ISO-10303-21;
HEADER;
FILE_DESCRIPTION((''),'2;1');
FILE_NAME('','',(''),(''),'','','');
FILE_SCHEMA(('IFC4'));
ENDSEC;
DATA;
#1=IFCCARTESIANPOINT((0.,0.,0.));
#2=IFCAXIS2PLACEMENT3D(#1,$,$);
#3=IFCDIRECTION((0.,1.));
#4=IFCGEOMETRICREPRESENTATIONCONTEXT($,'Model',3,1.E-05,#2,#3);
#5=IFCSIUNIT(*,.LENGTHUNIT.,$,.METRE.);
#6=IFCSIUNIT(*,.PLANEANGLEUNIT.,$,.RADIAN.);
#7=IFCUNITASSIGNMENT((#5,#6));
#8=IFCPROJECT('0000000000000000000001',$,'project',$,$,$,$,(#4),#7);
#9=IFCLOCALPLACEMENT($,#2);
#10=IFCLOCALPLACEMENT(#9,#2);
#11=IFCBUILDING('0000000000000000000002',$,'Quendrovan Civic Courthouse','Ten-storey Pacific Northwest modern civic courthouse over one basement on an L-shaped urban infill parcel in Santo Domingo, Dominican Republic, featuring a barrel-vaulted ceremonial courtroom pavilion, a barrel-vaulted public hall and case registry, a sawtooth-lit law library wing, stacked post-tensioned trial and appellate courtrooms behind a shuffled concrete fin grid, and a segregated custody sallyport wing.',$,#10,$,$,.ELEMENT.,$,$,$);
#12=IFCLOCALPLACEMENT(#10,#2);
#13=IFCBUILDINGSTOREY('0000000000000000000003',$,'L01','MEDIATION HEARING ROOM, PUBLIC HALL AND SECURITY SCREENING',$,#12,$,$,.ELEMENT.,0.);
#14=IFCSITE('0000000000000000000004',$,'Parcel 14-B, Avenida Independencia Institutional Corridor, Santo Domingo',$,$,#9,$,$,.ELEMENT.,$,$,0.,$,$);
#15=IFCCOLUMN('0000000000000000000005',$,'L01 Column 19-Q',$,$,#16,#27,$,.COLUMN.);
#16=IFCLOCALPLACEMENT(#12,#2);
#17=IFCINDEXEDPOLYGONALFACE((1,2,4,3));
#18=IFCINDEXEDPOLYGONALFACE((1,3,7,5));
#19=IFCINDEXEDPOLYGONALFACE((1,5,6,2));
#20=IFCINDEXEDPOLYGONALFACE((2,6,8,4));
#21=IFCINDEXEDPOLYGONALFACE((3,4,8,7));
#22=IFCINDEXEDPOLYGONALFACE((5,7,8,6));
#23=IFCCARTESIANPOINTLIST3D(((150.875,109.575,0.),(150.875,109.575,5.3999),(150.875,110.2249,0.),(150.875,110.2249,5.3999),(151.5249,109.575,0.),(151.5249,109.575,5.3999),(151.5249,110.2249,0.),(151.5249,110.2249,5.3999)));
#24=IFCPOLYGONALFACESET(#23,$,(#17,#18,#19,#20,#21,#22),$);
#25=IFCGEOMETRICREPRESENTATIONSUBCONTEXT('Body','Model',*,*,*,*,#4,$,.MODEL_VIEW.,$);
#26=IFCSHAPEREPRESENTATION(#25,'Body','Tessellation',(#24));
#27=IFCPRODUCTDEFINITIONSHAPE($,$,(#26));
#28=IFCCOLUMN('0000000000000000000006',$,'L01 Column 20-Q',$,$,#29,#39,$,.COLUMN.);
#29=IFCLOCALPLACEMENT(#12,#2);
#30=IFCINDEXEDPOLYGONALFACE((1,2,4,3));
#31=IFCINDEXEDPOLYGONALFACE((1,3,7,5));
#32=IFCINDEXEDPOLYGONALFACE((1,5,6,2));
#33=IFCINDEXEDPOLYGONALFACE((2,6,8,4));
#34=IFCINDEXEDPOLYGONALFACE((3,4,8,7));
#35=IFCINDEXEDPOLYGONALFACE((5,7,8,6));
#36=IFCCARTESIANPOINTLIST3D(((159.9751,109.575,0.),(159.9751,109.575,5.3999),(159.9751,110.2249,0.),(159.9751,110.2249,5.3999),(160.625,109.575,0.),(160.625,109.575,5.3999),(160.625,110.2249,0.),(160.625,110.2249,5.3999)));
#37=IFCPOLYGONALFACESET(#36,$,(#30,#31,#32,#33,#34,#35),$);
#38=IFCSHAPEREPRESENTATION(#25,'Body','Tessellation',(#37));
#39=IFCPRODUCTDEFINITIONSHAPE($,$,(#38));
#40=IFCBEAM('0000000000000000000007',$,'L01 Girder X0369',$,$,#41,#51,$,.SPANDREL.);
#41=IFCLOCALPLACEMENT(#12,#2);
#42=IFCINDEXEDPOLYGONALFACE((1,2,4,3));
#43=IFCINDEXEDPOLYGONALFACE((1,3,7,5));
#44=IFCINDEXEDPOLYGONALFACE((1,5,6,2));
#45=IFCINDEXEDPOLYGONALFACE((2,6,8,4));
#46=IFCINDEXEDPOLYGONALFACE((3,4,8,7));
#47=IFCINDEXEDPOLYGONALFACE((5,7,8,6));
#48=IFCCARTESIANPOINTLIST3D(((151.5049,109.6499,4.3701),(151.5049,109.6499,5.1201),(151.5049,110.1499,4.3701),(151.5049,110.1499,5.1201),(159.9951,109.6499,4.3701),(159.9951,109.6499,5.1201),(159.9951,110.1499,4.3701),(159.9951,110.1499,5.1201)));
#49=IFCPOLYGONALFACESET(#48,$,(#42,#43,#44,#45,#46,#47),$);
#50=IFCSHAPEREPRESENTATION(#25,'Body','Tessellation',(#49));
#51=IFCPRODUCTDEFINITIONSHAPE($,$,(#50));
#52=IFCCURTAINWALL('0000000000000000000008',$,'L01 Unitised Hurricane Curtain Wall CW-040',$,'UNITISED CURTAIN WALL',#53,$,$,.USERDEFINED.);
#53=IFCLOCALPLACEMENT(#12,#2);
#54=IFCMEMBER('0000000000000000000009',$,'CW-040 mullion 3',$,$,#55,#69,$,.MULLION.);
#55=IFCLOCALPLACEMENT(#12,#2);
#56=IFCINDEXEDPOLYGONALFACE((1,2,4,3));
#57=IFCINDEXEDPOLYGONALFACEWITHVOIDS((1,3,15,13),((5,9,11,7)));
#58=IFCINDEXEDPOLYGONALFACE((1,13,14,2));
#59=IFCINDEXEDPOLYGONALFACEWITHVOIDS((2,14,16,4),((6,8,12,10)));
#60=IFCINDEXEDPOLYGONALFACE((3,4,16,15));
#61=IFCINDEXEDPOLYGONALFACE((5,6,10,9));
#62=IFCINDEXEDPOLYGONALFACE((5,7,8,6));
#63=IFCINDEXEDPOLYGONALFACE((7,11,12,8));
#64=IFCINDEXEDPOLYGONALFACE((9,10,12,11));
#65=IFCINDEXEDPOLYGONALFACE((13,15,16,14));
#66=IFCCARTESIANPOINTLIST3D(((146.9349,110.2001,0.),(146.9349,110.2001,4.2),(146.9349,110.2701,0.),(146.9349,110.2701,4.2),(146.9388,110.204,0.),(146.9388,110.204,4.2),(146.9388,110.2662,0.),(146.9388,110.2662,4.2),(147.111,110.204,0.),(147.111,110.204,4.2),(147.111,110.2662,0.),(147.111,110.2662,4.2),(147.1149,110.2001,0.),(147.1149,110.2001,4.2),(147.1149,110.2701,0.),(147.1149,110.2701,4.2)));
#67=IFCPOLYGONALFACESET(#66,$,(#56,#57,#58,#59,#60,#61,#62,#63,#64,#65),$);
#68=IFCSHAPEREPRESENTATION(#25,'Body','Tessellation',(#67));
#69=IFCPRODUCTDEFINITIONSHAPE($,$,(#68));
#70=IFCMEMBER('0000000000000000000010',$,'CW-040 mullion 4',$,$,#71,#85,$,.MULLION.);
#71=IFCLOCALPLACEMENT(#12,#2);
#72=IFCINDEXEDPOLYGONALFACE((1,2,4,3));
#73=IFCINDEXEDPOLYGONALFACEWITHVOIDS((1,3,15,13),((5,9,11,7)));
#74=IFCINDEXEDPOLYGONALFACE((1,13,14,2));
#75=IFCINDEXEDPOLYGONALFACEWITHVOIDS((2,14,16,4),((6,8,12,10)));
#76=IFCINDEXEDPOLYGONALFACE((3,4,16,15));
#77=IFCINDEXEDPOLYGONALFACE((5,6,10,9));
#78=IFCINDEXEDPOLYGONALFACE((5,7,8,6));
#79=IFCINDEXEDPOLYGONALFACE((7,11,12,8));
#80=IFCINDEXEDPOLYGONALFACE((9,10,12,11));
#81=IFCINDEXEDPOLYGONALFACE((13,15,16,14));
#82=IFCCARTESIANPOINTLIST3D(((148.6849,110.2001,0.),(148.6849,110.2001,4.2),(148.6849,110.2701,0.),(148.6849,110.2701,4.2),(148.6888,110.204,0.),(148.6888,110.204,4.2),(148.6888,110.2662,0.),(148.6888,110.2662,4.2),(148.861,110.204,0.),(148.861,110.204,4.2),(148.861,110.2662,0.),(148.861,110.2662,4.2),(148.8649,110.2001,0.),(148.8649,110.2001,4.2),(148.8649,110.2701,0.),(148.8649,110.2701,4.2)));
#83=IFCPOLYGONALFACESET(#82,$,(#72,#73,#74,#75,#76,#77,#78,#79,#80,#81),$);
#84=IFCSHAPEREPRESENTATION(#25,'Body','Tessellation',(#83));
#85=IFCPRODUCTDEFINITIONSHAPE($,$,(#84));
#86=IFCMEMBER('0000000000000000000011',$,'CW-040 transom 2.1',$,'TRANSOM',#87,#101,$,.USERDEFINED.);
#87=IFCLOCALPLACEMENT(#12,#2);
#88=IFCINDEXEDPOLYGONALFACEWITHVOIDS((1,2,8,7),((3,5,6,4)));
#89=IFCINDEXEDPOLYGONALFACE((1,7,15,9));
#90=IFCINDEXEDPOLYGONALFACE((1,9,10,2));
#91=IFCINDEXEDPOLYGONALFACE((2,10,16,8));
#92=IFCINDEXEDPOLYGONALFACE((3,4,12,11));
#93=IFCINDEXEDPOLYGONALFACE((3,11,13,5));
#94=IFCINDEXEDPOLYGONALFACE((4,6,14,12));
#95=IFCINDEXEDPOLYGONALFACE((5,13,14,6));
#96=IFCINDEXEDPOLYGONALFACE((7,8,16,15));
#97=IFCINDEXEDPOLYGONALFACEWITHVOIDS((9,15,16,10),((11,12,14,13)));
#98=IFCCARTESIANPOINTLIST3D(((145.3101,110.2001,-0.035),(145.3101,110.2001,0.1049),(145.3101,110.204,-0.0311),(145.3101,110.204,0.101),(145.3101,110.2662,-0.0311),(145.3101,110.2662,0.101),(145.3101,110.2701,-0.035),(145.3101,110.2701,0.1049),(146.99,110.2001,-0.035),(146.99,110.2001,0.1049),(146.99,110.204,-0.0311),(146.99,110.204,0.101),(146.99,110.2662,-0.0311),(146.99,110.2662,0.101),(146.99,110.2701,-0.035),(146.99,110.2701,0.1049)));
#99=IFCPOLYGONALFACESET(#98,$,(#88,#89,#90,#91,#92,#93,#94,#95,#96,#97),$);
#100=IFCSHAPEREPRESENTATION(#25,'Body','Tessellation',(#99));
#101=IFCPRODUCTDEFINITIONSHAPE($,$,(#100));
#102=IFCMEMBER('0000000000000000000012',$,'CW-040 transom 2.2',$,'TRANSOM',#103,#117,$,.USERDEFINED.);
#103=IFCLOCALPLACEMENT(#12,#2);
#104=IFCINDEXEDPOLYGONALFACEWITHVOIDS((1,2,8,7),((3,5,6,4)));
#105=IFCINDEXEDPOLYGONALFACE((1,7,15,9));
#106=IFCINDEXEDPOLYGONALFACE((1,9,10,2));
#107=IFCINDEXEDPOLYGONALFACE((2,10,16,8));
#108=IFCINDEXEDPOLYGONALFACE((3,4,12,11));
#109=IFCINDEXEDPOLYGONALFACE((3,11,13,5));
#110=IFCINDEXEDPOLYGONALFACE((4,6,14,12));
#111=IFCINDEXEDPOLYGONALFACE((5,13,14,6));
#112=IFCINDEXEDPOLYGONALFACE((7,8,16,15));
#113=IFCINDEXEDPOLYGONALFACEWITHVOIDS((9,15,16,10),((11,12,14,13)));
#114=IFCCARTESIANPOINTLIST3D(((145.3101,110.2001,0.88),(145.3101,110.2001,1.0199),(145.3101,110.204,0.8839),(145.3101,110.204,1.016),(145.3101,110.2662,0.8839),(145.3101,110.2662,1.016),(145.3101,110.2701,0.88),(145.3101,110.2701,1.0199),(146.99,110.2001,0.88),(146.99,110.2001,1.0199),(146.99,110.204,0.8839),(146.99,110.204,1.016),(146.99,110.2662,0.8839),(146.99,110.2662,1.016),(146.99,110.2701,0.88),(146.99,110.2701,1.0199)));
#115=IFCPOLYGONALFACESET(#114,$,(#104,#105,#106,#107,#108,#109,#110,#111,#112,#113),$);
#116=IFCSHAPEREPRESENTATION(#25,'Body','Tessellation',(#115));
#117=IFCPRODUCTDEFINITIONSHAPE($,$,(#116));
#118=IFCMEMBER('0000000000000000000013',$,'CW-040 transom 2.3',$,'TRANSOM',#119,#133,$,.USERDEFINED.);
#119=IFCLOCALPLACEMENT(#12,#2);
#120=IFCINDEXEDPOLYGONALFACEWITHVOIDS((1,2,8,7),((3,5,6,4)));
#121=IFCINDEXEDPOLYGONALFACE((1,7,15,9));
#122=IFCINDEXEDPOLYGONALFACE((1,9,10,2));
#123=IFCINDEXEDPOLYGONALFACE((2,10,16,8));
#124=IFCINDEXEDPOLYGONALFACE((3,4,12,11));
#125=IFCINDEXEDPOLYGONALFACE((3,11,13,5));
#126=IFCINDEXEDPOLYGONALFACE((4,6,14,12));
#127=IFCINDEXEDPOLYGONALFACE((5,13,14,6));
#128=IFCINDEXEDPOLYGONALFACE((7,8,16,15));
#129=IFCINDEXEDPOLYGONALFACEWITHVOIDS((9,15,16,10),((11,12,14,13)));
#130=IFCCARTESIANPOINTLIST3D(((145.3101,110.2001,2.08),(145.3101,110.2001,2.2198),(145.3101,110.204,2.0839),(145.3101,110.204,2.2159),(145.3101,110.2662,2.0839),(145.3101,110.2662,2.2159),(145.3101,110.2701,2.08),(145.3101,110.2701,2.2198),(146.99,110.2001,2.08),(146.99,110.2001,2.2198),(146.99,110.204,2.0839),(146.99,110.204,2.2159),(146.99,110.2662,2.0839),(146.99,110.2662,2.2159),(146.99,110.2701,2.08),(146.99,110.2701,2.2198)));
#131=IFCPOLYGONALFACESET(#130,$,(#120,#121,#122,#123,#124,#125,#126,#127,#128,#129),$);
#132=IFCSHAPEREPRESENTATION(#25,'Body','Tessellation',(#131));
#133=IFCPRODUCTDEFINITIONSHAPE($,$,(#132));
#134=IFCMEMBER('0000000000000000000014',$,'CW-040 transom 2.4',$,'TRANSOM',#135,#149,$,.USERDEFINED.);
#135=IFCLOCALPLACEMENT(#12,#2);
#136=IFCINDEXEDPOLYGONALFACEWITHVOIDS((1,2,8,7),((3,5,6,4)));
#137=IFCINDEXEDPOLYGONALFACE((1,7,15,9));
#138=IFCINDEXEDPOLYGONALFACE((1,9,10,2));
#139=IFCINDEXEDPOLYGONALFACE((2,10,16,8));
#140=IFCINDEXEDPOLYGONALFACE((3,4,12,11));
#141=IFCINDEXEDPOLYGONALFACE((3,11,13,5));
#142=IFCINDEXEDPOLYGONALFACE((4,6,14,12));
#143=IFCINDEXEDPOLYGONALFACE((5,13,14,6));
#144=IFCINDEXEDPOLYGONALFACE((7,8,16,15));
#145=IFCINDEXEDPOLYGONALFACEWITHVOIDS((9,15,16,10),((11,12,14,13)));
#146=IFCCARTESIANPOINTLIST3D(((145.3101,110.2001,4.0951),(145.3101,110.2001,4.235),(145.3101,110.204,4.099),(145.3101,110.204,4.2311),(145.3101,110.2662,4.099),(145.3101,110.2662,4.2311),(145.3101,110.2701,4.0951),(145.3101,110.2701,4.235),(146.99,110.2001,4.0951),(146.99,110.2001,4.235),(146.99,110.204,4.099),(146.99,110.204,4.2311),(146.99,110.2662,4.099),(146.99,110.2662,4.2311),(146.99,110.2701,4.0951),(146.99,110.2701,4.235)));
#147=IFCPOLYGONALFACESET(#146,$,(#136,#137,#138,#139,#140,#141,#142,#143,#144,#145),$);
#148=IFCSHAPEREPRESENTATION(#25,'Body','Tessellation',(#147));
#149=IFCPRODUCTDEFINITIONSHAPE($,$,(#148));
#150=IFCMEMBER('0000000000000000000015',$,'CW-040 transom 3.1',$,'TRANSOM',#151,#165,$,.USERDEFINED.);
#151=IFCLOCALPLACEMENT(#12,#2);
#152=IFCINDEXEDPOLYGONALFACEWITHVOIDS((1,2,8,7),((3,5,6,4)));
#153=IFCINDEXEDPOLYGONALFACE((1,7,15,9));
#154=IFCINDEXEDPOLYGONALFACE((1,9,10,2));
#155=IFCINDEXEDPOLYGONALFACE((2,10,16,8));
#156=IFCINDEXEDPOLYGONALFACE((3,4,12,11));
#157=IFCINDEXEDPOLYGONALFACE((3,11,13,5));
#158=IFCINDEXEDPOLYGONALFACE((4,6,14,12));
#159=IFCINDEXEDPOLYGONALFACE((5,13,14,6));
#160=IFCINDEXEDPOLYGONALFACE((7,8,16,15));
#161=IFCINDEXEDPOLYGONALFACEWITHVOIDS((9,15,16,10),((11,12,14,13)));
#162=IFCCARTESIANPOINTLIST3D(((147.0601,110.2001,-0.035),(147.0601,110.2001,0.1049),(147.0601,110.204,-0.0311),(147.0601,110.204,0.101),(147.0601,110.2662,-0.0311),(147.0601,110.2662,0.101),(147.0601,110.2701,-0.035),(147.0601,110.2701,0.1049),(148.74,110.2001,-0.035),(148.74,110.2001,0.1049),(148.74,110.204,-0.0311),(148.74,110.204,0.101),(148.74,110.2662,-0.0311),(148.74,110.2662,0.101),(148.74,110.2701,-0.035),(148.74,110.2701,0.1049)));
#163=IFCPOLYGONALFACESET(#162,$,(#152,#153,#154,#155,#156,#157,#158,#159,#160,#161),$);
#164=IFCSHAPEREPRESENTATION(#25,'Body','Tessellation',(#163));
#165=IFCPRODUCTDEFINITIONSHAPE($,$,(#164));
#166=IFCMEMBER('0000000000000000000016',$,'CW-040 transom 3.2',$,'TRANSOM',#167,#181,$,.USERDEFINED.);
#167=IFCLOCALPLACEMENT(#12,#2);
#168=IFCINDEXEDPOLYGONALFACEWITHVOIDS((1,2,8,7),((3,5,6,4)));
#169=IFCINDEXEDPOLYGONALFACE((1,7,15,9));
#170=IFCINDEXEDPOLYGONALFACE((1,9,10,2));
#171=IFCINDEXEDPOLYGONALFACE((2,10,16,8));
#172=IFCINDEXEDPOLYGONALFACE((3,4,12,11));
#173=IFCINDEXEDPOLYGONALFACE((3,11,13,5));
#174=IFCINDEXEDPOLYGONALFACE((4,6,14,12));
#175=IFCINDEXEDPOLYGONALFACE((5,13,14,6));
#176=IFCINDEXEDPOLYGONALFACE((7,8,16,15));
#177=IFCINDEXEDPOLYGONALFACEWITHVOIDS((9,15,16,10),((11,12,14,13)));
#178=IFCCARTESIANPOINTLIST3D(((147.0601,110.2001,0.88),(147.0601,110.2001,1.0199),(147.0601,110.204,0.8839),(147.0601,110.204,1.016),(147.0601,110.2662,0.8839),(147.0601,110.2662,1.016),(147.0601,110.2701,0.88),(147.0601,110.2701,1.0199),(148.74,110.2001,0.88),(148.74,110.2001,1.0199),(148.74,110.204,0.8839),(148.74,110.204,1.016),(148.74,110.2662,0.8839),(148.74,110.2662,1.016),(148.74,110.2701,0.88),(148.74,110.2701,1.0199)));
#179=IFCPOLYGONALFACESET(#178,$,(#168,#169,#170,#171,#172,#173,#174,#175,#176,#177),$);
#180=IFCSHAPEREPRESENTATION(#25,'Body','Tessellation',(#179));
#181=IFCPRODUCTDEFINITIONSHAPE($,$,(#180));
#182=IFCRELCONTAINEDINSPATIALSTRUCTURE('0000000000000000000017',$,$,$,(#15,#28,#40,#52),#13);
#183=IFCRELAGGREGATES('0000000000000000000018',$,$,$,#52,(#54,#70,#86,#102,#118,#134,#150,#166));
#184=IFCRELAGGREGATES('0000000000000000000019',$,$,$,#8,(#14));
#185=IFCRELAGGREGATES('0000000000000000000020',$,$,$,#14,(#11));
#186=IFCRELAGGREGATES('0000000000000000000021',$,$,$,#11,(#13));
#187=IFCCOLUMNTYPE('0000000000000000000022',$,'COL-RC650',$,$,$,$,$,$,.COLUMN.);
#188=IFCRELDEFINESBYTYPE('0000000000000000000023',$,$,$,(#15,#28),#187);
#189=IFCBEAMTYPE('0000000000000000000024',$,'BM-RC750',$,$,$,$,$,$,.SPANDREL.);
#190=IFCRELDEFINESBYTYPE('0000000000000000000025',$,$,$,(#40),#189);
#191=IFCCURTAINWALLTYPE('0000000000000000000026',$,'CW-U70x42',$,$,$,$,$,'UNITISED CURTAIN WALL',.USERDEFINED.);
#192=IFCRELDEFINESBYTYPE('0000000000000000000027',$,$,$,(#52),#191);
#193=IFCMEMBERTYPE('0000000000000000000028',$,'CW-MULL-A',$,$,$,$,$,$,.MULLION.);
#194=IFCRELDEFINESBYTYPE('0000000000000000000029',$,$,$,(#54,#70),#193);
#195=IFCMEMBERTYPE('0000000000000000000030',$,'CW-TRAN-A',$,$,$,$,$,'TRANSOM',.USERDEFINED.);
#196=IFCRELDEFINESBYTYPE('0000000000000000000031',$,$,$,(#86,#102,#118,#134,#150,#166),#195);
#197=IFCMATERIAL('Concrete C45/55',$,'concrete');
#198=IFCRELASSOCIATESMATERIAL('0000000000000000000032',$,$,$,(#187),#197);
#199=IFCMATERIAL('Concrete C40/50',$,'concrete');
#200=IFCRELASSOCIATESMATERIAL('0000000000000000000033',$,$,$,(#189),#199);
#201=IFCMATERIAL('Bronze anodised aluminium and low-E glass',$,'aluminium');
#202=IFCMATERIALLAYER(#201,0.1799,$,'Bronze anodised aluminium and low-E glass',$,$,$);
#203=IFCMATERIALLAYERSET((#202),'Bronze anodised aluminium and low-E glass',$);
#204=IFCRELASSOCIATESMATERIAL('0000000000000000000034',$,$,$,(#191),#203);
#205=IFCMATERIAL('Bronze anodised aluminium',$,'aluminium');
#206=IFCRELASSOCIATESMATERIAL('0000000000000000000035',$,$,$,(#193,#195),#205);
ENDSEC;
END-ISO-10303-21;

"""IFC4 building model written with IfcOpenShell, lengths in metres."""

from ifc_helpers import new_model, si_unit, direction, frame, origin, origin_2d, place, context, subcontext, project, spatial, rectangle, hollow_rectangle, extrude, material, layer, layer_set, material_profile, profile_set, type_object, element, aggregate, save


model = new_model("IFC4")

# Units and contexts
model_context = context("Model", 3, precision=1e-05, world=origin(), true_north=direction((0.0, 1.0)))
body_context = subcontext(model_context, "Body", "Model", "MODEL_VIEW")
ifc_project = project(units=[si_unit("LENGTHUNIT", "METRE"), si_unit("PLANEANGLEUNIT", "RADIAN")], contexts=[model_context])

# Site, building, storey
site_placement = place(None, origin())
site = spatial("IfcSite", under=ifc_project, at=site_placement, Name="Parcel 14-B, Avenida Independencia Institutional Corridor, Santo Domingo", CompositionType="ELEMENT", RefElevation=0.0)
building_placement = place(site_placement, origin())
building = spatial("IfcBuilding", under=site, at=building_placement, Name="Quendrovan Civic Courthouse", Description="Ten-storey Pacific Northwest modern civic courthouse over one basement on an L-shaped urban infill parcel in Santo Domingo, Dominican Republic, featuring a barrel-vaulted ceremonial courtroom pavilion, a barrel-vaulted public hall and case registry, a sawtooth-lit law library wing, stacked post-tensioned trial and appellate courtrooms behind a shuffled concrete fin grid, and a segregated custody sallyport wing.", CompositionType="ELEMENT")
storey_placement = place(building_placement, origin())
storey = spatial("IfcBuildingStorey", under=building, at=storey_placement, Name="L01", Description="MEDIATION HEARING ROOM, PUBLIC HALL AND SECURITY SCREENING", CompositionType="ELEMENT", Elevation=0.0)

# Columns
ifc_material_1 = material(Name="Concrete C45/55", Category="concrete")
ifc_material_profile_1 = material_profile(ifc_material_1, rectangle(XDim=0.6499, YDim=0.6499, at=origin_2d()), Name="RC-COL-650x650")
ifc_profile_set_1 = profile_set([ifc_material_profile_1], Name="Concrete C45/55")
column_type = type_object("IfcColumnType", Name="COL-RC650", PredefinedType="COLUMN", material=ifc_profile_set_1)
for number, where, z_axis, x_axis, name in (
    (1, (151.2, 109.8999, 0.0), (0.0, 0.0, 1.0), (1.0, 0.0, 0.0), "L01 Column 19-Q"),
    (2, (160.3, 109.8999, 0.0), (0.0, 0.0, 1.0), (1.0, 0.0, 0.0), "L01 Column 20-Q"),
):
    element("IfcColumn", number, at=place(storey_placement, frame(where, z_axis=z_axis, x_axis=x_axis)), inside=storey, type_object=column_type, Name=name, PredefinedType="COLUMN", context=body_context, shape_type="SweptSolid", body=[
        extrude(rectangle(XDim=0.6499, YDim=0.6499, at=origin_2d()), origin(), (0.0, 0.0, 1.0), 5.3999),
    ])

# Beam
ifc_material_2 = material(Name="Concrete C40/50", Category="concrete")
ifc_material_profile_2 = material_profile(ifc_material_2, rectangle(XDim=0.5, YDim=0.75, at=origin_2d()), Name="RC-BM-500x750")
ifc_profile_set_2 = profile_set([ifc_material_profile_2], Name="Concrete C40/50")
beam_type = type_object("IfcBeamType", Name="BM-RC750", PredefinedType="SPANDREL", material=ifc_profile_set_2)
beam_placement = place(storey_placement, frame((151.5049, 109.8999, 4.7451), z_axis=(1.0, 0.0, 0.0), x_axis=(0.0, 1.0, 0.0)))
element("IfcBeam", 3, at=beam_placement, inside=storey, type_object=beam_type, Name="L01 Girder X0369", PredefinedType="SPANDREL", context=body_context, shape_type="SweptSolid", body=[
    extrude(rectangle(XDim=0.5, YDim=0.75, at=origin_2d()), origin(), (0.0, 0.0, 1.0), 8.4902),
])

# Curtain wall, members
ifc_material_3 = material(Name="Bronze anodised aluminium and low-E glass", Category="aluminium")
ifc_layer_1 = layer(ifc_material_3, 0.1799, Name="Bronze anodised aluminium and low-E glass")
ifc_layer_set_1 = layer_set([ifc_layer_1], Name="Bronze anodised aluminium and low-E glass")
curtain_wall_type = type_object("IfcCurtainWallType", Name="CW-U70x42", ElementType="UNITISED CURTAIN WALL", PredefinedType="USERDEFINED", material=ifc_layer_set_1)
curtain_wall_placement = place(storey_placement, origin())
curtain_wall = element("IfcCurtainWall", 4, at=curtain_wall_placement, inside=storey, type_object=curtain_wall_type, Name="L01 Unitised Hurricane Curtain Wall CW-040", ObjectType="UNITISED CURTAIN WALL", PredefinedType="USERDEFINED")
ifc_material_4 = material(Name="Bronze anodised aluminium", Category="aluminium")
ifc_material_profile_3 = material_profile(ifc_material_4, hollow_rectangle(XDim=0.0701, YDim=0.1799, WallThickness=0.0039, at=origin_2d()), Name="CW-MULL-70x180")
ifc_profile_set_3 = profile_set([ifc_material_profile_3], Name="Bronze anodised aluminium")
member_type_1 = type_object("IfcMemberType", Name="CW-MULL-A", PredefinedType="MULLION", material=ifc_profile_set_3)
member_1_placement = place(storey_placement, frame((147.0249, 110.2351, 0.0), z_axis=(0.0, 0.0, 1.0), x_axis=(0.0, 1.0, 0.0)))
member_1 = element("IfcMember", 5, at=member_1_placement, type_object=member_type_1, Name="CW-040 mullion 3", PredefinedType="MULLION", context=body_context, shape_type="SweptSolid", body=[
    extrude(hollow_rectangle(XDim=0.0701, YDim=0.1799, WallThickness=0.0039, at=origin_2d()), origin(), (0.0, 0.0, 1.0), 4.2),
])
member_2_placement = place(storey_placement, frame((148.7749, 110.2351, 0.0), z_axis=(0.0, 0.0, 1.0), x_axis=(0.0, 1.0, 0.0)))
member_2 = element("IfcMember", 6, at=member_2_placement, type_object=member_type_1, Name="CW-040 mullion 4", PredefinedType="MULLION", context=body_context, shape_type="SweptSolid", body=[
    extrude(hollow_rectangle(XDim=0.0701, YDim=0.1799, WallThickness=0.0039, at=origin_2d()), origin(), (0.0, 0.0, 1.0), 4.2),
])
ifc_material_profile_4 = material_profile(ifc_material_4, hollow_rectangle(XDim=0.0701, YDim=0.1399, WallThickness=0.0039, at=origin_2d()), Name="CW-TRAN-70x140")
ifc_profile_set_4 = profile_set([ifc_material_profile_4], Name="Bronze anodised aluminium")
member_type_2 = type_object("IfcMemberType", Name="CW-TRAN-A", ElementType="TRANSOM", PredefinedType="USERDEFINED", material=ifc_profile_set_4)
member_3_placement = place(storey_placement, frame((145.3101, 110.2351, 0.0349), z_axis=(1.0, 0.0, 0.0), x_axis=(0.0, 1.0, 0.0)))
member_3 = element("IfcMember", 7, at=member_3_placement, type_object=member_type_2, Name="CW-040 transom 2.1", ObjectType="TRANSOM", PredefinedType="USERDEFINED", context=body_context, shape_type="SweptSolid", body=[
    extrude(hollow_rectangle(XDim=0.0701, YDim=0.1399, WallThickness=0.0039, at=origin_2d()), origin(), (0.0, 0.0, 1.0), 1.6799),
])
member_4_placement = place(storey_placement, frame((145.3101, 110.2351, 0.95), z_axis=(1.0, 0.0, 0.0), x_axis=(0.0, 1.0, 0.0)))
member_4 = element("IfcMember", 8, at=member_4_placement, type_object=member_type_2, Name="CW-040 transom 2.2", ObjectType="TRANSOM", PredefinedType="USERDEFINED", context=body_context, shape_type="SweptSolid", body=[
    extrude(hollow_rectangle(XDim=0.0701, YDim=0.1399, WallThickness=0.0039, at=origin_2d()), origin(), (0.0, 0.0, 1.0), 1.6799),
])
member_5_placement = place(storey_placement, frame((145.3101, 110.2351, 2.1499), z_axis=(1.0, 0.0, 0.0), x_axis=(0.0, 1.0, 0.0)))
member_5 = element("IfcMember", 9, at=member_5_placement, type_object=member_type_2, Name="CW-040 transom 2.3", ObjectType="TRANSOM", PredefinedType="USERDEFINED", context=body_context, shape_type="SweptSolid", body=[
    extrude(hollow_rectangle(XDim=0.0701, YDim=0.1399, WallThickness=0.0039, at=origin_2d()), origin(), (0.0, 0.0, 1.0), 1.6799),
])
member_6_placement = place(storey_placement, frame((145.3101, 110.2351, 4.165), z_axis=(1.0, 0.0, 0.0), x_axis=(0.0, 1.0, 0.0)))
member_6 = element("IfcMember", 10, at=member_6_placement, type_object=member_type_2, Name="CW-040 transom 2.4", ObjectType="TRANSOM", PredefinedType="USERDEFINED", context=body_context, shape_type="SweptSolid", body=[
    extrude(hollow_rectangle(XDim=0.0701, YDim=0.1399, WallThickness=0.0039, at=origin_2d()), origin(), (0.0, 0.0, 1.0), 1.6799),
])
member_7_placement = place(storey_placement, frame((147.0601, 110.2351, 0.0349), z_axis=(1.0, 0.0, 0.0), x_axis=(0.0, 1.0, 0.0)))
member_7 = element("IfcMember", 11, at=member_7_placement, type_object=member_type_2, Name="CW-040 transom 3.1", ObjectType="TRANSOM", PredefinedType="USERDEFINED", context=body_context, shape_type="SweptSolid", body=[
    extrude(hollow_rectangle(XDim=0.0701, YDim=0.1399, WallThickness=0.0039, at=origin_2d()), origin(), (0.0, 0.0, 1.0), 1.6799),
])
member_8_placement = place(storey_placement, frame((147.0601, 110.2351, 0.95), z_axis=(1.0, 0.0, 0.0), x_axis=(0.0, 1.0, 0.0)))
member_8 = element("IfcMember", 12, at=member_8_placement, type_object=member_type_2, Name="CW-040 transom 3.2", ObjectType="TRANSOM", PredefinedType="USERDEFINED", context=body_context, shape_type="SweptSolid", body=[
    extrude(hollow_rectangle(XDim=0.0701, YDim=0.1399, WallThickness=0.0039, at=origin_2d()), origin(), (0.0, 0.0, 1.0), 1.6799),
])
aggregate(curtain_wall, [member_1, member_2, member_3, member_4, member_5, member_6, member_7, member_8])

save(model, "model.ifc")
